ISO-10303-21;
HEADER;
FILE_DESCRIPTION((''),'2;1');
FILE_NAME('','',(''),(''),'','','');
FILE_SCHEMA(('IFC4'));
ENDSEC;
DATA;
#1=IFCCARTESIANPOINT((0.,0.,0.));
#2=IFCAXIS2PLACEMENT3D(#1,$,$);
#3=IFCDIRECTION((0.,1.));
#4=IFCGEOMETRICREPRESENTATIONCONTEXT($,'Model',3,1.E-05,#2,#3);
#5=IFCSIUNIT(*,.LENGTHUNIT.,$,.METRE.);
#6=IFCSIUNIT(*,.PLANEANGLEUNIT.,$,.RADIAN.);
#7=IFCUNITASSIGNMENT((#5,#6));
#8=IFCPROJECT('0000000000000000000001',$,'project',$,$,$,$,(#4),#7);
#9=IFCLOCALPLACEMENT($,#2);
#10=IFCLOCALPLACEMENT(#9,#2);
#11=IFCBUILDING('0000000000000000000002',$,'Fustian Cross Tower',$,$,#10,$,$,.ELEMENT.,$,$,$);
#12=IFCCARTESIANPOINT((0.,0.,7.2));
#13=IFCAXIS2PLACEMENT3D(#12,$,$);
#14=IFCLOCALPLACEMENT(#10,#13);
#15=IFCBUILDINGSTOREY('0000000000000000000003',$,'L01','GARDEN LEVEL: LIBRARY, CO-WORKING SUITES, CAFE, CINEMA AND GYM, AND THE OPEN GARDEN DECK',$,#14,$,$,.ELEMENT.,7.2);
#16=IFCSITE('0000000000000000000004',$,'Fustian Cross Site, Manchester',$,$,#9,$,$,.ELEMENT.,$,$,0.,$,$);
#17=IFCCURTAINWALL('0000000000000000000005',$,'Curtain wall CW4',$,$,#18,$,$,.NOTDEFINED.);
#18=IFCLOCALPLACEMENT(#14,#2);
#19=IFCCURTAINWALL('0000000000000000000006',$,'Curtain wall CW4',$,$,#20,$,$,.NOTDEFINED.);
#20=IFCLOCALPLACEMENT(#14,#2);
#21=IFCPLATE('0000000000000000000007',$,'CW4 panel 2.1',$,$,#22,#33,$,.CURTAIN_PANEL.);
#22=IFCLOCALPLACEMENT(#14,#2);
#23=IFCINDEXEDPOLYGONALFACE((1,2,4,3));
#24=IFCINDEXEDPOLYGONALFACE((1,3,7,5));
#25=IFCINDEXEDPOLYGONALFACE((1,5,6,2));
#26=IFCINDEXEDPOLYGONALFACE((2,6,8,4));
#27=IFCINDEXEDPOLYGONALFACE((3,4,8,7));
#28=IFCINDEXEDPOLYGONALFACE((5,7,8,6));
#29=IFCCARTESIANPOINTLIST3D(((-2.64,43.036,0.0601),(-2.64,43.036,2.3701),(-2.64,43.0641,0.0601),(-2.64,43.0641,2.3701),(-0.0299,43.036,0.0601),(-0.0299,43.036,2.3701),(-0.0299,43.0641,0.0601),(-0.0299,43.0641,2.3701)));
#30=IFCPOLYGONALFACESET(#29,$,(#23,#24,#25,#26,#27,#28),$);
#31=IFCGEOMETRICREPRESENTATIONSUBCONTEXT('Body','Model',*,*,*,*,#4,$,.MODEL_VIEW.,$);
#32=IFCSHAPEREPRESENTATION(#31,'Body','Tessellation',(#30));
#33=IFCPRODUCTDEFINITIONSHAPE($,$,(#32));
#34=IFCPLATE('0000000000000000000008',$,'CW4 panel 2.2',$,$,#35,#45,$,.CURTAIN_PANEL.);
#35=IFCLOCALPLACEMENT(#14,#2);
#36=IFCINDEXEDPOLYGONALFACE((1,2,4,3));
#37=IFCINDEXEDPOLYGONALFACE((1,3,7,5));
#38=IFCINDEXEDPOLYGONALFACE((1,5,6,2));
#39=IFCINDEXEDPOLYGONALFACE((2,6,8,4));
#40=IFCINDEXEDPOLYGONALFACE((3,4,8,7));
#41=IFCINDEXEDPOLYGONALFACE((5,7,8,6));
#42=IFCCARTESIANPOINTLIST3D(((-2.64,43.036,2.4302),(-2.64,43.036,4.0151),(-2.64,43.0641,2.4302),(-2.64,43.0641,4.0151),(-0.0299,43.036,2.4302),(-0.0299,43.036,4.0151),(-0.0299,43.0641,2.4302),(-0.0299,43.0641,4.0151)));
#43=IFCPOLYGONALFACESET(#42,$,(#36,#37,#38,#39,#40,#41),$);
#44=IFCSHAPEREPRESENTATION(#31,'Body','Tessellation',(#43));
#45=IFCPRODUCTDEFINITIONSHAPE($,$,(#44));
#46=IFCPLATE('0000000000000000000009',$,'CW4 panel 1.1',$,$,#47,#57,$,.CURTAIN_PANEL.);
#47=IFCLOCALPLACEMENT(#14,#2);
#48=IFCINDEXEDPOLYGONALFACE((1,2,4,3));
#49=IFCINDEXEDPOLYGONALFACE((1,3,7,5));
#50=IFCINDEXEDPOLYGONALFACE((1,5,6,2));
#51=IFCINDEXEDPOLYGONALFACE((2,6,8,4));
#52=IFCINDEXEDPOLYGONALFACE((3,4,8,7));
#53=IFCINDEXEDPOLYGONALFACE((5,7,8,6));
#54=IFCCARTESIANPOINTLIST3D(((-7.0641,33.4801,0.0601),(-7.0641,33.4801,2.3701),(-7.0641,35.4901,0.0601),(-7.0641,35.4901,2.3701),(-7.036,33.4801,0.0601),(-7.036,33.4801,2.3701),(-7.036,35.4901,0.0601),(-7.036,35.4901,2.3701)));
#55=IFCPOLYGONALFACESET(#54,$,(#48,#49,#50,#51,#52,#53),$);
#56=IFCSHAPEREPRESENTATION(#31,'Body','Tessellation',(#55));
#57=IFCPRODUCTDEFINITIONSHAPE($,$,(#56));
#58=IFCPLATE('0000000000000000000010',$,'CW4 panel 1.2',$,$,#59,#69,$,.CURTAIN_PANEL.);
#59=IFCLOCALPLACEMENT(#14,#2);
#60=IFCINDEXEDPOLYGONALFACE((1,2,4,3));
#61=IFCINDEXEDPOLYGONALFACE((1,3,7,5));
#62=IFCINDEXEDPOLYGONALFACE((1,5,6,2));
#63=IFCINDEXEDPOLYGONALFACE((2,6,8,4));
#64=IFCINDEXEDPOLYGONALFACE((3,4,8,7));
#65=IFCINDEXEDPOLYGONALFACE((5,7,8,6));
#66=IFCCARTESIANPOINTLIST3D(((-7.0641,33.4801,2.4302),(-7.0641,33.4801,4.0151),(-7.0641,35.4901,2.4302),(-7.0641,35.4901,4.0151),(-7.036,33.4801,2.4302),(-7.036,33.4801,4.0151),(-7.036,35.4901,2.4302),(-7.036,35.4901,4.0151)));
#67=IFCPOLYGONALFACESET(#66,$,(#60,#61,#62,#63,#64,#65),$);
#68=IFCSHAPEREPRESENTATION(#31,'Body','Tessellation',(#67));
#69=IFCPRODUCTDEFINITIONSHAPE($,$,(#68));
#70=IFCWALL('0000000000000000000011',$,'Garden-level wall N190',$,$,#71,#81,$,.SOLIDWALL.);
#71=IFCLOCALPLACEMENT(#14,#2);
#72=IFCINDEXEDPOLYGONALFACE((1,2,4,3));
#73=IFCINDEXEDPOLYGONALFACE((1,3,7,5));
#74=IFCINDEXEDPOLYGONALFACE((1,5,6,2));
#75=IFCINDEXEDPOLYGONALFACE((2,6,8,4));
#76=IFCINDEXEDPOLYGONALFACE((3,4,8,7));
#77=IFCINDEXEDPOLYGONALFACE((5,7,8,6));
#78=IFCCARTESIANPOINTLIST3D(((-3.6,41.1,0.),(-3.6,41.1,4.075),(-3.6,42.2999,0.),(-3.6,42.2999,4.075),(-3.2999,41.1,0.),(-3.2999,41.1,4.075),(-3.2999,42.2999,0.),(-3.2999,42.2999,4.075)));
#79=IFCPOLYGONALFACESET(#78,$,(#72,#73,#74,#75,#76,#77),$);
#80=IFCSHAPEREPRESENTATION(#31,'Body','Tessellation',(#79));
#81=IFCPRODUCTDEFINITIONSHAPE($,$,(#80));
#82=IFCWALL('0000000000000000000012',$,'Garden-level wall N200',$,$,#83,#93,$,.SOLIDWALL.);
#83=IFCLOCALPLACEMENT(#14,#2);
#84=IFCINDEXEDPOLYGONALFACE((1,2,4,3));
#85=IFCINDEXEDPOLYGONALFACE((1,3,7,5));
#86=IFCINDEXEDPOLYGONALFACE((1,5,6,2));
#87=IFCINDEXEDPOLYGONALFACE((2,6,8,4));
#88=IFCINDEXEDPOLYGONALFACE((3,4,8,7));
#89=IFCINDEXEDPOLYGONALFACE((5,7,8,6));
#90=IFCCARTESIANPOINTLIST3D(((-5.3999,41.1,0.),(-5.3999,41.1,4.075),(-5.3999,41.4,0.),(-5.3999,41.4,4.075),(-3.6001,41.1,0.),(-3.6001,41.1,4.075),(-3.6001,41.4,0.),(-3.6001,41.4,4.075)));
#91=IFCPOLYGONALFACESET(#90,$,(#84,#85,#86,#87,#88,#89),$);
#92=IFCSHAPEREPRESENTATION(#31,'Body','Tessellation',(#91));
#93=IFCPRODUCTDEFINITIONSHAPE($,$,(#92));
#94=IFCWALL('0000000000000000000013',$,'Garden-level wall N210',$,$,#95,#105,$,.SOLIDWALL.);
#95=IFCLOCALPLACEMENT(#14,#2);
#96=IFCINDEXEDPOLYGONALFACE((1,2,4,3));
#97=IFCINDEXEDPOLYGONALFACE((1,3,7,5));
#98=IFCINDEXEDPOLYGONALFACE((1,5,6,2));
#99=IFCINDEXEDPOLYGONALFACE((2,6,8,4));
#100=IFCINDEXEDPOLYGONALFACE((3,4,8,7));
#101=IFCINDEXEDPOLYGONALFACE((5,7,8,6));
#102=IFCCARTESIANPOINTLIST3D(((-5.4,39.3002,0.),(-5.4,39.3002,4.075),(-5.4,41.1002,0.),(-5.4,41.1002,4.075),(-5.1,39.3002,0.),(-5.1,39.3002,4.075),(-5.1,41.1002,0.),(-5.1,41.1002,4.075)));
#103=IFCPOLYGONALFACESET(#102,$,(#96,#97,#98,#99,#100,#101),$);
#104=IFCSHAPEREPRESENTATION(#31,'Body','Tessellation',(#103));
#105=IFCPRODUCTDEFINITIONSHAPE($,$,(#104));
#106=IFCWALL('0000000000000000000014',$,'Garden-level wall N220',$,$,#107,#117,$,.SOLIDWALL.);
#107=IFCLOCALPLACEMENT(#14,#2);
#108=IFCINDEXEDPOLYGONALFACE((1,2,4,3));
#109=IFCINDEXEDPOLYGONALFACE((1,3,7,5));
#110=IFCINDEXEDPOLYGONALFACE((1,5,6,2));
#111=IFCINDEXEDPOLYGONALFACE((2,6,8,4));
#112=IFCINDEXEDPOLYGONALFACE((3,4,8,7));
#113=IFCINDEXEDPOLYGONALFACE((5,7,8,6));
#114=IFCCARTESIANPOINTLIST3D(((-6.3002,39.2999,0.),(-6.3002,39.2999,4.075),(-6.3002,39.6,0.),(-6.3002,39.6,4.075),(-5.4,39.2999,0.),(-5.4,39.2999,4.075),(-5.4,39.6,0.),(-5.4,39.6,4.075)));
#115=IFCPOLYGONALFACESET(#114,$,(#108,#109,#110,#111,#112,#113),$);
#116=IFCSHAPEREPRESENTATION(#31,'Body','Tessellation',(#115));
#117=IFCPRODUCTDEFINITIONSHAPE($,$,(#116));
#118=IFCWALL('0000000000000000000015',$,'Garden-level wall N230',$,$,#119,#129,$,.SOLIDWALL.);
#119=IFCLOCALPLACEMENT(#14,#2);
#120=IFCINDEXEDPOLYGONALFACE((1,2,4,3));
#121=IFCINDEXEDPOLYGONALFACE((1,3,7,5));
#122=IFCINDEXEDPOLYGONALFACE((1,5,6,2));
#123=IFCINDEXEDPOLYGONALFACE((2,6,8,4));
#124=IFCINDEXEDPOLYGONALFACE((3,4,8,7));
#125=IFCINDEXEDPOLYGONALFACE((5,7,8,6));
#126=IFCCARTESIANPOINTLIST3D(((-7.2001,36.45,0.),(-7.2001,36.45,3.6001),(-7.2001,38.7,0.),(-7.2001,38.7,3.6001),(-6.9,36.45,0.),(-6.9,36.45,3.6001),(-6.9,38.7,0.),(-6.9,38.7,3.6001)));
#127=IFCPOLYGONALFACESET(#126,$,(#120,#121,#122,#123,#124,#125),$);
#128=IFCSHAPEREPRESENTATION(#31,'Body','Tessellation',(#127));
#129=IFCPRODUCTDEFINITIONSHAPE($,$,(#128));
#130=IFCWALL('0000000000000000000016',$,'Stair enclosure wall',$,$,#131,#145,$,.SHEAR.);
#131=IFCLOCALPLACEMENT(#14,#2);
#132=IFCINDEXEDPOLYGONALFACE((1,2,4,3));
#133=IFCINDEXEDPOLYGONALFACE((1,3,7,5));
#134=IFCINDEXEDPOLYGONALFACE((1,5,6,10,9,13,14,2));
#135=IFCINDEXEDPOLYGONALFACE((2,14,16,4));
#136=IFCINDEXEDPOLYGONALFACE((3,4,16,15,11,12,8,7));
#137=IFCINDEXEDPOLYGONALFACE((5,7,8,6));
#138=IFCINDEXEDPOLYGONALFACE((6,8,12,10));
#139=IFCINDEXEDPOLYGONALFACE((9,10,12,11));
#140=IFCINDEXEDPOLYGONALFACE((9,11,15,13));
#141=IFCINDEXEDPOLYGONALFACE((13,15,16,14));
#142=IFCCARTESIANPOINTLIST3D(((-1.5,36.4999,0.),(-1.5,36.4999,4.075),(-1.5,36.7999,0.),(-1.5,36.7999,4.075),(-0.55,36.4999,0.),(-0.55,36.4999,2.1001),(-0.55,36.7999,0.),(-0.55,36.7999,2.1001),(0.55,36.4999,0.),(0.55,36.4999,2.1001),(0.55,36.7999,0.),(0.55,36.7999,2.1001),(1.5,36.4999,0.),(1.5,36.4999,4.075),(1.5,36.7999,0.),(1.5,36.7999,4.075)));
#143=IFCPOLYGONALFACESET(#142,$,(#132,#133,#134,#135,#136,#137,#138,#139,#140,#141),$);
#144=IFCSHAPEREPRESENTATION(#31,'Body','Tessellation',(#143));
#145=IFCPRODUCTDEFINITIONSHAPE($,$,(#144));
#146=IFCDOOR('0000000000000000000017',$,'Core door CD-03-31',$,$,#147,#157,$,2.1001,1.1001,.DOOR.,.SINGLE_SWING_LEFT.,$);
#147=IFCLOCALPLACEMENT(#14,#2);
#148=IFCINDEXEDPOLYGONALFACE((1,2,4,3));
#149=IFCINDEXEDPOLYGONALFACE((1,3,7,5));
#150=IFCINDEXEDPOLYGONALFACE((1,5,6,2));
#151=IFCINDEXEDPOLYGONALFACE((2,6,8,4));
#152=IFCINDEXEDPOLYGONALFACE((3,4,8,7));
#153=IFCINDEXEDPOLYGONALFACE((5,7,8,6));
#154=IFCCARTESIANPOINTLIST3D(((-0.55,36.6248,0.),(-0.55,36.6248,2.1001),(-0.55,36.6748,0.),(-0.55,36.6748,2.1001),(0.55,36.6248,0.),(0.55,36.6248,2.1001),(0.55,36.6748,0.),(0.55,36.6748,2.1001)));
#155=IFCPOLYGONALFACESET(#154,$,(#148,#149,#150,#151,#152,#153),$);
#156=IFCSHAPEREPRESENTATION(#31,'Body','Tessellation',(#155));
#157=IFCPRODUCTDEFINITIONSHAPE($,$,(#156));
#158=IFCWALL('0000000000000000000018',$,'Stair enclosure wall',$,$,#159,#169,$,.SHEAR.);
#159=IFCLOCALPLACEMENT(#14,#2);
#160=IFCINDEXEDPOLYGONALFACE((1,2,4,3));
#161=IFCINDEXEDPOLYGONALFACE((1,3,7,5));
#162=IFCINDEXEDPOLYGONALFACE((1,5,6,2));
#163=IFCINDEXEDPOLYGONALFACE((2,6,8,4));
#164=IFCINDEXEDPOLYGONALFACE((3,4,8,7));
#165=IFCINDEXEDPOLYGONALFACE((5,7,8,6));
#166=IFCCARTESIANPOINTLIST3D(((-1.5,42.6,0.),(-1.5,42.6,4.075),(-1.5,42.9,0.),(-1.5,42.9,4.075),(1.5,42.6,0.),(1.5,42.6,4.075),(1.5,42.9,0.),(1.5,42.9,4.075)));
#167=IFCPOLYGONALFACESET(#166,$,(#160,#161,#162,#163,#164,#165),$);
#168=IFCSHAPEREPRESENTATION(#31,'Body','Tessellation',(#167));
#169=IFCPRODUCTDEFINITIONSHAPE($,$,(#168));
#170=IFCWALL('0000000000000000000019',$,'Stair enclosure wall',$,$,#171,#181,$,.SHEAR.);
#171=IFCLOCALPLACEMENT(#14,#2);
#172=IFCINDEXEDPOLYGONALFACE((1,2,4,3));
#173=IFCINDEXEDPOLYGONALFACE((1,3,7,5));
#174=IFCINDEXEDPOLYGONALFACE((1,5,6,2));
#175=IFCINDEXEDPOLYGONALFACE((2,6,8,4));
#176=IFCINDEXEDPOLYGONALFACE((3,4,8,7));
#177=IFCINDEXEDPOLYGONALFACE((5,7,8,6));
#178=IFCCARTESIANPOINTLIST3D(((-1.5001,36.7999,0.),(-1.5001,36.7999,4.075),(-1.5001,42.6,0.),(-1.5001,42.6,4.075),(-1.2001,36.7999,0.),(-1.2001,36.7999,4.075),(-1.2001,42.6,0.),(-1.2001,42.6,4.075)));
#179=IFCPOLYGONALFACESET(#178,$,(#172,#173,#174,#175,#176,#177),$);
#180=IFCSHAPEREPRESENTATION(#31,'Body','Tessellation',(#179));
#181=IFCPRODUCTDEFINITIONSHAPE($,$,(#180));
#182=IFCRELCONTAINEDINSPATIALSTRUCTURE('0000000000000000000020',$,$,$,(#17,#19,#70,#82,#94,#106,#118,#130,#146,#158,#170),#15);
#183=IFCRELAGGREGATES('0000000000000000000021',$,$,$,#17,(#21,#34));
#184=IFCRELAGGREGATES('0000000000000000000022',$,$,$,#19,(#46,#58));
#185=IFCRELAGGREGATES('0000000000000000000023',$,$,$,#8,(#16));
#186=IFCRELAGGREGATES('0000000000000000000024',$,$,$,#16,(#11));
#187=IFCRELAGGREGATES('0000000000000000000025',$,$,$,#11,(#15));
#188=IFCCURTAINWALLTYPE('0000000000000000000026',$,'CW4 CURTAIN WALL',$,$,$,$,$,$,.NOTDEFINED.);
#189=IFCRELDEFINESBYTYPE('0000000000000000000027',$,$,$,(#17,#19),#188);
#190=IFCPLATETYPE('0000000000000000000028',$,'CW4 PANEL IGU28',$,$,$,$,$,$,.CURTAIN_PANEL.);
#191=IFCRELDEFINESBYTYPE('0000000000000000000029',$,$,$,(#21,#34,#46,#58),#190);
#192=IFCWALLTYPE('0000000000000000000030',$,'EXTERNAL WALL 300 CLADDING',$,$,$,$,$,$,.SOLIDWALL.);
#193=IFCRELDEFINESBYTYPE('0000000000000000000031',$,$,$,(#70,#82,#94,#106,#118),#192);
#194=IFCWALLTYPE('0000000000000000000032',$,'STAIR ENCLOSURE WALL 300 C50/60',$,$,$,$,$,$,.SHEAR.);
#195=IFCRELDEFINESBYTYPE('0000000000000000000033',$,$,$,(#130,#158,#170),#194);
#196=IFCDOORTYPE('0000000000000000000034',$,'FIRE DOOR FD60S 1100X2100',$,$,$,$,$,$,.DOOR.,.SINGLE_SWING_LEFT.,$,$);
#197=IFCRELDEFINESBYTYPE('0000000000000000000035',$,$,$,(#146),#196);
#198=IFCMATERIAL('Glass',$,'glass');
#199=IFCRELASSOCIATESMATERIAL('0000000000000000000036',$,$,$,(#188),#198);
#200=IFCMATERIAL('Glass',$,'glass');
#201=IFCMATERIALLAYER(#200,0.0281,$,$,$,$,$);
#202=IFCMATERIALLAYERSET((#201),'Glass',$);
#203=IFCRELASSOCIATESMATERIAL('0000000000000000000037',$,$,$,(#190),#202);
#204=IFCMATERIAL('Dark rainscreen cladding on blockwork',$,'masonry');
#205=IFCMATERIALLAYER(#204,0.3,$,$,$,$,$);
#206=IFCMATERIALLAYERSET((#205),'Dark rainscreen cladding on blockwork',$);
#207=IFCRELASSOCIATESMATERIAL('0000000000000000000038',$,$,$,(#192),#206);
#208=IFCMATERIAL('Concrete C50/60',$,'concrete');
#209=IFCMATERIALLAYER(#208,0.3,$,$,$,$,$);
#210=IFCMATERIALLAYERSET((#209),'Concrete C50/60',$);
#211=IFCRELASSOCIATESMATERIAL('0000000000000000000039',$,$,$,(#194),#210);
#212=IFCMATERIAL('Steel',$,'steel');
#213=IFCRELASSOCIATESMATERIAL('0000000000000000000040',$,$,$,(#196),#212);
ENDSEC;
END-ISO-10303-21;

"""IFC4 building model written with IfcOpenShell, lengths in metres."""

from ifc_helpers import new_model, si_unit, direction, frame, frame_2d, origin, origin_2d, place, context, subcontext, project, spatial, rectangle, extrude, material, layer, layer_set, type_object, element, fill, aggregate, save


model = new_model("IFC4")

# Units and contexts
model_context = context("Model", 3, precision=1e-05, world=origin(), true_north=direction((0.0, 1.0)))
body_context = subcontext(model_context, "Body", "Model", "MODEL_VIEW")
ifc_project = project(units=[si_unit("LENGTHUNIT", "METRE"), si_unit("PLANEANGLEUNIT", "RADIAN")], contexts=[model_context])

# Site, building, storey
site_placement = place(None, origin())
site = spatial("IfcSite", under=ifc_project, at=site_placement, Name="Fustian Cross Site, Manchester", CompositionType="ELEMENT", RefElevation=0.0)
building_placement = place(site_placement, origin())
building = spatial("IfcBuilding", under=site, at=building_placement, Name="Fustian Cross Tower", CompositionType="ELEMENT")
storey_placement = place(building_placement, frame((0.0, 0.0, 7.2)))
storey = spatial("IfcBuildingStorey", under=building, at=storey_placement, Name="L01", Description="GARDEN LEVEL: LIBRARY, CO-WORKING SUITES, CAFE, CINEMA AND GYM, AND THE OPEN GARDEN DECK", CompositionType="ELEMENT", Elevation=7.2)

# Curtain wall
ifc_material_1 = material(Name="Glass", Category="glass")
curtain_wall_type = type_object("IfcCurtainWallType", Name="CW4 CURTAIN WALL", PredefinedType="NOTDEFINED", material=ifc_material_1)
curtain_wall_1_placement = place(storey_placement, origin())
curtain_wall_1 = element("IfcCurtainWall", 1, at=curtain_wall_1_placement, inside=storey, type_object=curtain_wall_type, Name="Curtain wall CW4", PredefinedType="NOTDEFINED")

# Curtain wall
curtain_wall_2_placement = place(storey_placement, origin())
curtain_wall_2 = element("IfcCurtainWall", 2, at=curtain_wall_2_placement, inside=storey, type_object=curtain_wall_type, Name="Curtain wall CW4", PredefinedType="NOTDEFINED")

# Plates
ifc_material_2 = material(Name="Glass", Category="glass")
ifc_layer_1 = layer(ifc_material_2, 0.0281)
ifc_layer_set_1 = layer_set([ifc_layer_1], Name="Glass")
plate_type = type_object("IfcPlateType", Name="CW4 PANEL IGU28", PredefinedType="CURTAIN_PANEL", material=ifc_layer_set_1)
plate_1_placement = place(storey_placement, frame((-1.335, 43.05, 0.0601), z_axis=(0.0, 0.0, 1.0), x_axis=(-1.0, 0.0, 0.0)))
plate_1 = element("IfcPlate", 3, at=plate_1_placement, type_object=plate_type, Name="CW4 panel 2.1", PredefinedType="CURTAIN_PANEL", context=body_context, shape_type="SweptSolid", body=[
    extrude(rectangle(XDim=2.6101, YDim=0.0281, at=origin_2d()), origin(), (0.0, 0.0, 1.0), 2.3101),
])
plate_2_placement = place(storey_placement, frame((-1.335, 43.05, 2.4302), z_axis=(0.0, 0.0, 1.0), x_axis=(-1.0, 0.0, 0.0)))
plate_2 = element("IfcPlate", 4, at=plate_2_placement, type_object=plate_type, Name="CW4 panel 2.2", PredefinedType="CURTAIN_PANEL", context=body_context, shape_type="SweptSolid", body=[
    extrude(rectangle(XDim=2.6101, YDim=0.0281, at=origin_2d()), origin(), (0.0, 0.0, 1.0), 1.585),
])
aggregate(curtain_wall_1, [plate_1, plate_2])
plate_3_placement = place(storey_placement, frame((-7.05, 34.4851, 0.0601), z_axis=(0.0, 0.0, 1.0), x_axis=(0.0, -1.0, 0.0)))
plate_3 = element("IfcPlate", 5, at=plate_3_placement, type_object=plate_type, Name="CW4 panel 1.1", PredefinedType="CURTAIN_PANEL", context=body_context, shape_type="SweptSolid", body=[
    extrude(rectangle(XDim=2.01, YDim=0.0281, at=origin_2d()), origin(), (0.0, 0.0, 1.0), 2.3101),
])
plate_4_placement = place(storey_placement, frame((-7.05, 34.4851, 2.4302), z_axis=(0.0, 0.0, 1.0), x_axis=(0.0, -1.0, 0.0)))
plate_4 = element("IfcPlate", 6, at=plate_4_placement, type_object=plate_type, Name="CW4 panel 1.2", PredefinedType="CURTAIN_PANEL", context=body_context, shape_type="SweptSolid", body=[
    extrude(rectangle(XDim=2.01, YDim=0.0281, at=origin_2d()), origin(), (0.0, 0.0, 1.0), 1.585),
])
aggregate(curtain_wall_2, [plate_3, plate_4])

# Walls
ifc_material_3 = material(Name="Dark rainscreen cladding on blockwork", Category="masonry")
ifc_layer_2 = layer(ifc_material_3, 0.3)
ifc_layer_set_2 = layer_set([ifc_layer_2], Name="Dark rainscreen cladding on blockwork")
wall_type_1 = type_object("IfcWallType", Name="EXTERNAL WALL 300 CLADDING", PredefinedType="SOLIDWALL", material=ifc_layer_set_2)
wall_1_placement = place(storey_placement, frame((-3.45, 42.3, 0.0), z_axis=(0.0, 0.0, 1.0), x_axis=(0.0, -1.0, 0.0)))
element("IfcWall", 7, at=wall_1_placement, inside=storey, type_object=wall_type_1, Name="Garden-level wall N190", PredefinedType="SOLIDWALL", context=body_context, shape_type="SweptSolid", body=[
    extrude(rectangle(XDim=1.2, YDim=0.3, at=frame_2d((0.6001, 0.0))), origin(), (0.0, 0.0, 1.0), 4.075),
])
wall_2_placement = place(storey_placement, frame((-3.6001, 41.25, 0.0), z_axis=(0.0, 0.0, 1.0), x_axis=(-1.0, 0.0, 0.0)))
element("IfcWall", 8, at=wall_2_placement, inside=storey, type_object=wall_type_1, Name="Garden-level wall N200", PredefinedType="SOLIDWALL", context=body_context, shape_type="SweptSolid", body=[
    extrude(rectangle(XDim=1.7998, YDim=0.3, at=frame_2d((0.8999, 0.0))), origin(), (0.0, 0.0, 1.0), 4.075),
])
wall_3_placement = place(storey_placement, frame((-5.25, 41.1001, 0.0), z_axis=(0.0, 0.0, 1.0), x_axis=(0.0, -1.0, 0.0)))
element("IfcWall", 9, at=wall_3_placement, inside=storey, type_object=wall_type_1, Name="Garden-level wall N210", PredefinedType="SOLIDWALL", context=body_context, shape_type="SweptSolid", body=[
    extrude(rectangle(XDim=1.8, YDim=0.3, at=frame_2d((0.8999, 0.0))), origin(), (0.0, 0.0, 1.0), 4.075),
])
wall_4_placement = place(storey_placement, frame((-5.3999, 39.45, 0.0), z_axis=(0.0, 0.0, 1.0), x_axis=(-1.0, 0.0, 0.0)))
element("IfcWall", 10, at=wall_4_placement, inside=storey, type_object=wall_type_1, Name="Garden-level wall N220", PredefinedType="SOLIDWALL", context=body_context, shape_type="SweptSolid", body=[
    extrude(rectangle(XDim=0.9001, YDim=0.3, at=frame_2d((0.4502, 0.0))), origin(), (0.0, 0.0, 1.0), 4.075),
])
wall_5_placement = place(storey_placement, frame((-7.05, 38.7, 0.0), z_axis=(0.0, 0.0, 1.0), x_axis=(0.0, -1.0, 0.0)))
element("IfcWall", 11, at=wall_5_placement, inside=storey, type_object=wall_type_1, Name="Garden-level wall N230", PredefinedType="SOLIDWALL", context=body_context, shape_type="SweptSolid", body=[
    extrude(rectangle(XDim=2.25, YDim=0.3, at=frame_2d((1.125, 0.0))), origin(), (0.0, 0.0, 1.0), 3.6001),
])

# Wall, opening, door
ifc_material_4 = material(Name="Concrete C50/60", Category="concrete")
ifc_layer_3 = layer(ifc_material_4, 0.3)
ifc_layer_set_3 = layer_set([ifc_layer_3], Name="Concrete C50/60")
wall_type_2 = type_object("IfcWallType", Name="STAIR ENCLOSURE WALL 300 C50/60", PredefinedType="SHEAR", material=ifc_layer_set_3)
wall_6_placement = place(storey_placement, frame((-1.5, 36.6499, 0.0), z_axis=(0.0, 0.0, 1.0), x_axis=(1.0, 0.0, 0.0)))
wall_6 = element("IfcWall", 12, at=wall_6_placement, inside=storey, type_object=wall_type_2, Name="Stair enclosure wall", PredefinedType="SHEAR", context=body_context, shape_type="SweptSolid", body=[
    extrude(rectangle(XDim=3.0, YDim=0.3, at=frame_2d((1.5, 0.0))), origin(), (0.0, 0.0, 1.0), 4.075),
])
opening_placement = place(wall_6_placement, frame((0.95, 0.0, 0.0)))
opening = element("IfcOpeningElement", 13, at=opening_placement, cuts=wall_6, PredefinedType="OPENING", context=body_context, shape_type="SweptSolid", body=[
    extrude(rectangle(XDim=1.1001, YDim=2.1001, at=frame_2d((0.55, 1.05))), frame((0.0, 0.1599, 0.0), z_axis=(0.0, -1.0, 0.0), x_axis=(1.0, 0.0, 0.0)), (0.0, 0.0, 1.0), 0.3201),
])
ifc_material_5 = material(Name="Steel", Category="steel")
door_type = type_object("IfcDoorType", Name="FIRE DOOR FD60S 1100X2100", OperationType="SINGLE_SWING_LEFT", PredefinedType="DOOR", material=ifc_material_5)
door_placement = place(opening_placement, origin())
door = element("IfcDoor", 14, at=door_placement, inside=storey, type_object=door_type, Name="Core door CD-03-31", OperationType="SINGLE_SWING_LEFT", OverallHeight=2.1001, OverallWidth=1.1001, PredefinedType="DOOR", context=body_context, shape_type="SweptSolid", body=[
    extrude(rectangle(XDim=1.1001, YDim=2.1001, at=frame_2d((0.55, 1.05))), frame((0.0, 0.0249, 0.0), z_axis=(0.0, -1.0, 0.0), x_axis=(1.0, 0.0, 0.0)), (0.0, 0.0, 1.0), 0.05),
])
fill(opening, door)

# Walls
wall_7_placement = place(storey_placement, frame((-1.5, 42.75, 0.0), z_axis=(0.0, 0.0, 1.0), x_axis=(1.0, 0.0, 0.0)))
element("IfcWall", 15, at=wall_7_placement, inside=storey, type_object=wall_type_2, Name="Stair enclosure wall", PredefinedType="SHEAR", context=body_context, shape_type="SweptSolid", body=[
    extrude(rectangle(XDim=3.0, YDim=0.3, at=frame_2d((1.5, 0.0))), origin(), (0.0, 0.0, 1.0), 4.075),
])
wall_8_placement = place(storey_placement, frame((-1.3501, 36.8, 0.0), z_axis=(0.0, 0.0, 1.0), x_axis=(0.0, 1.0, 0.0)))
element("IfcWall", 16, at=wall_8_placement, inside=storey, type_object=wall_type_2, Name="Stair enclosure wall", PredefinedType="SHEAR", context=body_context, shape_type="SweptSolid", body=[
    extrude(rectangle(XDim=5.8, YDim=0.3, at=frame_2d((2.8999, 0.0))), origin(), (0.0, 0.0, 1.0), 4.075),
])

save(model, "model.ifc")
